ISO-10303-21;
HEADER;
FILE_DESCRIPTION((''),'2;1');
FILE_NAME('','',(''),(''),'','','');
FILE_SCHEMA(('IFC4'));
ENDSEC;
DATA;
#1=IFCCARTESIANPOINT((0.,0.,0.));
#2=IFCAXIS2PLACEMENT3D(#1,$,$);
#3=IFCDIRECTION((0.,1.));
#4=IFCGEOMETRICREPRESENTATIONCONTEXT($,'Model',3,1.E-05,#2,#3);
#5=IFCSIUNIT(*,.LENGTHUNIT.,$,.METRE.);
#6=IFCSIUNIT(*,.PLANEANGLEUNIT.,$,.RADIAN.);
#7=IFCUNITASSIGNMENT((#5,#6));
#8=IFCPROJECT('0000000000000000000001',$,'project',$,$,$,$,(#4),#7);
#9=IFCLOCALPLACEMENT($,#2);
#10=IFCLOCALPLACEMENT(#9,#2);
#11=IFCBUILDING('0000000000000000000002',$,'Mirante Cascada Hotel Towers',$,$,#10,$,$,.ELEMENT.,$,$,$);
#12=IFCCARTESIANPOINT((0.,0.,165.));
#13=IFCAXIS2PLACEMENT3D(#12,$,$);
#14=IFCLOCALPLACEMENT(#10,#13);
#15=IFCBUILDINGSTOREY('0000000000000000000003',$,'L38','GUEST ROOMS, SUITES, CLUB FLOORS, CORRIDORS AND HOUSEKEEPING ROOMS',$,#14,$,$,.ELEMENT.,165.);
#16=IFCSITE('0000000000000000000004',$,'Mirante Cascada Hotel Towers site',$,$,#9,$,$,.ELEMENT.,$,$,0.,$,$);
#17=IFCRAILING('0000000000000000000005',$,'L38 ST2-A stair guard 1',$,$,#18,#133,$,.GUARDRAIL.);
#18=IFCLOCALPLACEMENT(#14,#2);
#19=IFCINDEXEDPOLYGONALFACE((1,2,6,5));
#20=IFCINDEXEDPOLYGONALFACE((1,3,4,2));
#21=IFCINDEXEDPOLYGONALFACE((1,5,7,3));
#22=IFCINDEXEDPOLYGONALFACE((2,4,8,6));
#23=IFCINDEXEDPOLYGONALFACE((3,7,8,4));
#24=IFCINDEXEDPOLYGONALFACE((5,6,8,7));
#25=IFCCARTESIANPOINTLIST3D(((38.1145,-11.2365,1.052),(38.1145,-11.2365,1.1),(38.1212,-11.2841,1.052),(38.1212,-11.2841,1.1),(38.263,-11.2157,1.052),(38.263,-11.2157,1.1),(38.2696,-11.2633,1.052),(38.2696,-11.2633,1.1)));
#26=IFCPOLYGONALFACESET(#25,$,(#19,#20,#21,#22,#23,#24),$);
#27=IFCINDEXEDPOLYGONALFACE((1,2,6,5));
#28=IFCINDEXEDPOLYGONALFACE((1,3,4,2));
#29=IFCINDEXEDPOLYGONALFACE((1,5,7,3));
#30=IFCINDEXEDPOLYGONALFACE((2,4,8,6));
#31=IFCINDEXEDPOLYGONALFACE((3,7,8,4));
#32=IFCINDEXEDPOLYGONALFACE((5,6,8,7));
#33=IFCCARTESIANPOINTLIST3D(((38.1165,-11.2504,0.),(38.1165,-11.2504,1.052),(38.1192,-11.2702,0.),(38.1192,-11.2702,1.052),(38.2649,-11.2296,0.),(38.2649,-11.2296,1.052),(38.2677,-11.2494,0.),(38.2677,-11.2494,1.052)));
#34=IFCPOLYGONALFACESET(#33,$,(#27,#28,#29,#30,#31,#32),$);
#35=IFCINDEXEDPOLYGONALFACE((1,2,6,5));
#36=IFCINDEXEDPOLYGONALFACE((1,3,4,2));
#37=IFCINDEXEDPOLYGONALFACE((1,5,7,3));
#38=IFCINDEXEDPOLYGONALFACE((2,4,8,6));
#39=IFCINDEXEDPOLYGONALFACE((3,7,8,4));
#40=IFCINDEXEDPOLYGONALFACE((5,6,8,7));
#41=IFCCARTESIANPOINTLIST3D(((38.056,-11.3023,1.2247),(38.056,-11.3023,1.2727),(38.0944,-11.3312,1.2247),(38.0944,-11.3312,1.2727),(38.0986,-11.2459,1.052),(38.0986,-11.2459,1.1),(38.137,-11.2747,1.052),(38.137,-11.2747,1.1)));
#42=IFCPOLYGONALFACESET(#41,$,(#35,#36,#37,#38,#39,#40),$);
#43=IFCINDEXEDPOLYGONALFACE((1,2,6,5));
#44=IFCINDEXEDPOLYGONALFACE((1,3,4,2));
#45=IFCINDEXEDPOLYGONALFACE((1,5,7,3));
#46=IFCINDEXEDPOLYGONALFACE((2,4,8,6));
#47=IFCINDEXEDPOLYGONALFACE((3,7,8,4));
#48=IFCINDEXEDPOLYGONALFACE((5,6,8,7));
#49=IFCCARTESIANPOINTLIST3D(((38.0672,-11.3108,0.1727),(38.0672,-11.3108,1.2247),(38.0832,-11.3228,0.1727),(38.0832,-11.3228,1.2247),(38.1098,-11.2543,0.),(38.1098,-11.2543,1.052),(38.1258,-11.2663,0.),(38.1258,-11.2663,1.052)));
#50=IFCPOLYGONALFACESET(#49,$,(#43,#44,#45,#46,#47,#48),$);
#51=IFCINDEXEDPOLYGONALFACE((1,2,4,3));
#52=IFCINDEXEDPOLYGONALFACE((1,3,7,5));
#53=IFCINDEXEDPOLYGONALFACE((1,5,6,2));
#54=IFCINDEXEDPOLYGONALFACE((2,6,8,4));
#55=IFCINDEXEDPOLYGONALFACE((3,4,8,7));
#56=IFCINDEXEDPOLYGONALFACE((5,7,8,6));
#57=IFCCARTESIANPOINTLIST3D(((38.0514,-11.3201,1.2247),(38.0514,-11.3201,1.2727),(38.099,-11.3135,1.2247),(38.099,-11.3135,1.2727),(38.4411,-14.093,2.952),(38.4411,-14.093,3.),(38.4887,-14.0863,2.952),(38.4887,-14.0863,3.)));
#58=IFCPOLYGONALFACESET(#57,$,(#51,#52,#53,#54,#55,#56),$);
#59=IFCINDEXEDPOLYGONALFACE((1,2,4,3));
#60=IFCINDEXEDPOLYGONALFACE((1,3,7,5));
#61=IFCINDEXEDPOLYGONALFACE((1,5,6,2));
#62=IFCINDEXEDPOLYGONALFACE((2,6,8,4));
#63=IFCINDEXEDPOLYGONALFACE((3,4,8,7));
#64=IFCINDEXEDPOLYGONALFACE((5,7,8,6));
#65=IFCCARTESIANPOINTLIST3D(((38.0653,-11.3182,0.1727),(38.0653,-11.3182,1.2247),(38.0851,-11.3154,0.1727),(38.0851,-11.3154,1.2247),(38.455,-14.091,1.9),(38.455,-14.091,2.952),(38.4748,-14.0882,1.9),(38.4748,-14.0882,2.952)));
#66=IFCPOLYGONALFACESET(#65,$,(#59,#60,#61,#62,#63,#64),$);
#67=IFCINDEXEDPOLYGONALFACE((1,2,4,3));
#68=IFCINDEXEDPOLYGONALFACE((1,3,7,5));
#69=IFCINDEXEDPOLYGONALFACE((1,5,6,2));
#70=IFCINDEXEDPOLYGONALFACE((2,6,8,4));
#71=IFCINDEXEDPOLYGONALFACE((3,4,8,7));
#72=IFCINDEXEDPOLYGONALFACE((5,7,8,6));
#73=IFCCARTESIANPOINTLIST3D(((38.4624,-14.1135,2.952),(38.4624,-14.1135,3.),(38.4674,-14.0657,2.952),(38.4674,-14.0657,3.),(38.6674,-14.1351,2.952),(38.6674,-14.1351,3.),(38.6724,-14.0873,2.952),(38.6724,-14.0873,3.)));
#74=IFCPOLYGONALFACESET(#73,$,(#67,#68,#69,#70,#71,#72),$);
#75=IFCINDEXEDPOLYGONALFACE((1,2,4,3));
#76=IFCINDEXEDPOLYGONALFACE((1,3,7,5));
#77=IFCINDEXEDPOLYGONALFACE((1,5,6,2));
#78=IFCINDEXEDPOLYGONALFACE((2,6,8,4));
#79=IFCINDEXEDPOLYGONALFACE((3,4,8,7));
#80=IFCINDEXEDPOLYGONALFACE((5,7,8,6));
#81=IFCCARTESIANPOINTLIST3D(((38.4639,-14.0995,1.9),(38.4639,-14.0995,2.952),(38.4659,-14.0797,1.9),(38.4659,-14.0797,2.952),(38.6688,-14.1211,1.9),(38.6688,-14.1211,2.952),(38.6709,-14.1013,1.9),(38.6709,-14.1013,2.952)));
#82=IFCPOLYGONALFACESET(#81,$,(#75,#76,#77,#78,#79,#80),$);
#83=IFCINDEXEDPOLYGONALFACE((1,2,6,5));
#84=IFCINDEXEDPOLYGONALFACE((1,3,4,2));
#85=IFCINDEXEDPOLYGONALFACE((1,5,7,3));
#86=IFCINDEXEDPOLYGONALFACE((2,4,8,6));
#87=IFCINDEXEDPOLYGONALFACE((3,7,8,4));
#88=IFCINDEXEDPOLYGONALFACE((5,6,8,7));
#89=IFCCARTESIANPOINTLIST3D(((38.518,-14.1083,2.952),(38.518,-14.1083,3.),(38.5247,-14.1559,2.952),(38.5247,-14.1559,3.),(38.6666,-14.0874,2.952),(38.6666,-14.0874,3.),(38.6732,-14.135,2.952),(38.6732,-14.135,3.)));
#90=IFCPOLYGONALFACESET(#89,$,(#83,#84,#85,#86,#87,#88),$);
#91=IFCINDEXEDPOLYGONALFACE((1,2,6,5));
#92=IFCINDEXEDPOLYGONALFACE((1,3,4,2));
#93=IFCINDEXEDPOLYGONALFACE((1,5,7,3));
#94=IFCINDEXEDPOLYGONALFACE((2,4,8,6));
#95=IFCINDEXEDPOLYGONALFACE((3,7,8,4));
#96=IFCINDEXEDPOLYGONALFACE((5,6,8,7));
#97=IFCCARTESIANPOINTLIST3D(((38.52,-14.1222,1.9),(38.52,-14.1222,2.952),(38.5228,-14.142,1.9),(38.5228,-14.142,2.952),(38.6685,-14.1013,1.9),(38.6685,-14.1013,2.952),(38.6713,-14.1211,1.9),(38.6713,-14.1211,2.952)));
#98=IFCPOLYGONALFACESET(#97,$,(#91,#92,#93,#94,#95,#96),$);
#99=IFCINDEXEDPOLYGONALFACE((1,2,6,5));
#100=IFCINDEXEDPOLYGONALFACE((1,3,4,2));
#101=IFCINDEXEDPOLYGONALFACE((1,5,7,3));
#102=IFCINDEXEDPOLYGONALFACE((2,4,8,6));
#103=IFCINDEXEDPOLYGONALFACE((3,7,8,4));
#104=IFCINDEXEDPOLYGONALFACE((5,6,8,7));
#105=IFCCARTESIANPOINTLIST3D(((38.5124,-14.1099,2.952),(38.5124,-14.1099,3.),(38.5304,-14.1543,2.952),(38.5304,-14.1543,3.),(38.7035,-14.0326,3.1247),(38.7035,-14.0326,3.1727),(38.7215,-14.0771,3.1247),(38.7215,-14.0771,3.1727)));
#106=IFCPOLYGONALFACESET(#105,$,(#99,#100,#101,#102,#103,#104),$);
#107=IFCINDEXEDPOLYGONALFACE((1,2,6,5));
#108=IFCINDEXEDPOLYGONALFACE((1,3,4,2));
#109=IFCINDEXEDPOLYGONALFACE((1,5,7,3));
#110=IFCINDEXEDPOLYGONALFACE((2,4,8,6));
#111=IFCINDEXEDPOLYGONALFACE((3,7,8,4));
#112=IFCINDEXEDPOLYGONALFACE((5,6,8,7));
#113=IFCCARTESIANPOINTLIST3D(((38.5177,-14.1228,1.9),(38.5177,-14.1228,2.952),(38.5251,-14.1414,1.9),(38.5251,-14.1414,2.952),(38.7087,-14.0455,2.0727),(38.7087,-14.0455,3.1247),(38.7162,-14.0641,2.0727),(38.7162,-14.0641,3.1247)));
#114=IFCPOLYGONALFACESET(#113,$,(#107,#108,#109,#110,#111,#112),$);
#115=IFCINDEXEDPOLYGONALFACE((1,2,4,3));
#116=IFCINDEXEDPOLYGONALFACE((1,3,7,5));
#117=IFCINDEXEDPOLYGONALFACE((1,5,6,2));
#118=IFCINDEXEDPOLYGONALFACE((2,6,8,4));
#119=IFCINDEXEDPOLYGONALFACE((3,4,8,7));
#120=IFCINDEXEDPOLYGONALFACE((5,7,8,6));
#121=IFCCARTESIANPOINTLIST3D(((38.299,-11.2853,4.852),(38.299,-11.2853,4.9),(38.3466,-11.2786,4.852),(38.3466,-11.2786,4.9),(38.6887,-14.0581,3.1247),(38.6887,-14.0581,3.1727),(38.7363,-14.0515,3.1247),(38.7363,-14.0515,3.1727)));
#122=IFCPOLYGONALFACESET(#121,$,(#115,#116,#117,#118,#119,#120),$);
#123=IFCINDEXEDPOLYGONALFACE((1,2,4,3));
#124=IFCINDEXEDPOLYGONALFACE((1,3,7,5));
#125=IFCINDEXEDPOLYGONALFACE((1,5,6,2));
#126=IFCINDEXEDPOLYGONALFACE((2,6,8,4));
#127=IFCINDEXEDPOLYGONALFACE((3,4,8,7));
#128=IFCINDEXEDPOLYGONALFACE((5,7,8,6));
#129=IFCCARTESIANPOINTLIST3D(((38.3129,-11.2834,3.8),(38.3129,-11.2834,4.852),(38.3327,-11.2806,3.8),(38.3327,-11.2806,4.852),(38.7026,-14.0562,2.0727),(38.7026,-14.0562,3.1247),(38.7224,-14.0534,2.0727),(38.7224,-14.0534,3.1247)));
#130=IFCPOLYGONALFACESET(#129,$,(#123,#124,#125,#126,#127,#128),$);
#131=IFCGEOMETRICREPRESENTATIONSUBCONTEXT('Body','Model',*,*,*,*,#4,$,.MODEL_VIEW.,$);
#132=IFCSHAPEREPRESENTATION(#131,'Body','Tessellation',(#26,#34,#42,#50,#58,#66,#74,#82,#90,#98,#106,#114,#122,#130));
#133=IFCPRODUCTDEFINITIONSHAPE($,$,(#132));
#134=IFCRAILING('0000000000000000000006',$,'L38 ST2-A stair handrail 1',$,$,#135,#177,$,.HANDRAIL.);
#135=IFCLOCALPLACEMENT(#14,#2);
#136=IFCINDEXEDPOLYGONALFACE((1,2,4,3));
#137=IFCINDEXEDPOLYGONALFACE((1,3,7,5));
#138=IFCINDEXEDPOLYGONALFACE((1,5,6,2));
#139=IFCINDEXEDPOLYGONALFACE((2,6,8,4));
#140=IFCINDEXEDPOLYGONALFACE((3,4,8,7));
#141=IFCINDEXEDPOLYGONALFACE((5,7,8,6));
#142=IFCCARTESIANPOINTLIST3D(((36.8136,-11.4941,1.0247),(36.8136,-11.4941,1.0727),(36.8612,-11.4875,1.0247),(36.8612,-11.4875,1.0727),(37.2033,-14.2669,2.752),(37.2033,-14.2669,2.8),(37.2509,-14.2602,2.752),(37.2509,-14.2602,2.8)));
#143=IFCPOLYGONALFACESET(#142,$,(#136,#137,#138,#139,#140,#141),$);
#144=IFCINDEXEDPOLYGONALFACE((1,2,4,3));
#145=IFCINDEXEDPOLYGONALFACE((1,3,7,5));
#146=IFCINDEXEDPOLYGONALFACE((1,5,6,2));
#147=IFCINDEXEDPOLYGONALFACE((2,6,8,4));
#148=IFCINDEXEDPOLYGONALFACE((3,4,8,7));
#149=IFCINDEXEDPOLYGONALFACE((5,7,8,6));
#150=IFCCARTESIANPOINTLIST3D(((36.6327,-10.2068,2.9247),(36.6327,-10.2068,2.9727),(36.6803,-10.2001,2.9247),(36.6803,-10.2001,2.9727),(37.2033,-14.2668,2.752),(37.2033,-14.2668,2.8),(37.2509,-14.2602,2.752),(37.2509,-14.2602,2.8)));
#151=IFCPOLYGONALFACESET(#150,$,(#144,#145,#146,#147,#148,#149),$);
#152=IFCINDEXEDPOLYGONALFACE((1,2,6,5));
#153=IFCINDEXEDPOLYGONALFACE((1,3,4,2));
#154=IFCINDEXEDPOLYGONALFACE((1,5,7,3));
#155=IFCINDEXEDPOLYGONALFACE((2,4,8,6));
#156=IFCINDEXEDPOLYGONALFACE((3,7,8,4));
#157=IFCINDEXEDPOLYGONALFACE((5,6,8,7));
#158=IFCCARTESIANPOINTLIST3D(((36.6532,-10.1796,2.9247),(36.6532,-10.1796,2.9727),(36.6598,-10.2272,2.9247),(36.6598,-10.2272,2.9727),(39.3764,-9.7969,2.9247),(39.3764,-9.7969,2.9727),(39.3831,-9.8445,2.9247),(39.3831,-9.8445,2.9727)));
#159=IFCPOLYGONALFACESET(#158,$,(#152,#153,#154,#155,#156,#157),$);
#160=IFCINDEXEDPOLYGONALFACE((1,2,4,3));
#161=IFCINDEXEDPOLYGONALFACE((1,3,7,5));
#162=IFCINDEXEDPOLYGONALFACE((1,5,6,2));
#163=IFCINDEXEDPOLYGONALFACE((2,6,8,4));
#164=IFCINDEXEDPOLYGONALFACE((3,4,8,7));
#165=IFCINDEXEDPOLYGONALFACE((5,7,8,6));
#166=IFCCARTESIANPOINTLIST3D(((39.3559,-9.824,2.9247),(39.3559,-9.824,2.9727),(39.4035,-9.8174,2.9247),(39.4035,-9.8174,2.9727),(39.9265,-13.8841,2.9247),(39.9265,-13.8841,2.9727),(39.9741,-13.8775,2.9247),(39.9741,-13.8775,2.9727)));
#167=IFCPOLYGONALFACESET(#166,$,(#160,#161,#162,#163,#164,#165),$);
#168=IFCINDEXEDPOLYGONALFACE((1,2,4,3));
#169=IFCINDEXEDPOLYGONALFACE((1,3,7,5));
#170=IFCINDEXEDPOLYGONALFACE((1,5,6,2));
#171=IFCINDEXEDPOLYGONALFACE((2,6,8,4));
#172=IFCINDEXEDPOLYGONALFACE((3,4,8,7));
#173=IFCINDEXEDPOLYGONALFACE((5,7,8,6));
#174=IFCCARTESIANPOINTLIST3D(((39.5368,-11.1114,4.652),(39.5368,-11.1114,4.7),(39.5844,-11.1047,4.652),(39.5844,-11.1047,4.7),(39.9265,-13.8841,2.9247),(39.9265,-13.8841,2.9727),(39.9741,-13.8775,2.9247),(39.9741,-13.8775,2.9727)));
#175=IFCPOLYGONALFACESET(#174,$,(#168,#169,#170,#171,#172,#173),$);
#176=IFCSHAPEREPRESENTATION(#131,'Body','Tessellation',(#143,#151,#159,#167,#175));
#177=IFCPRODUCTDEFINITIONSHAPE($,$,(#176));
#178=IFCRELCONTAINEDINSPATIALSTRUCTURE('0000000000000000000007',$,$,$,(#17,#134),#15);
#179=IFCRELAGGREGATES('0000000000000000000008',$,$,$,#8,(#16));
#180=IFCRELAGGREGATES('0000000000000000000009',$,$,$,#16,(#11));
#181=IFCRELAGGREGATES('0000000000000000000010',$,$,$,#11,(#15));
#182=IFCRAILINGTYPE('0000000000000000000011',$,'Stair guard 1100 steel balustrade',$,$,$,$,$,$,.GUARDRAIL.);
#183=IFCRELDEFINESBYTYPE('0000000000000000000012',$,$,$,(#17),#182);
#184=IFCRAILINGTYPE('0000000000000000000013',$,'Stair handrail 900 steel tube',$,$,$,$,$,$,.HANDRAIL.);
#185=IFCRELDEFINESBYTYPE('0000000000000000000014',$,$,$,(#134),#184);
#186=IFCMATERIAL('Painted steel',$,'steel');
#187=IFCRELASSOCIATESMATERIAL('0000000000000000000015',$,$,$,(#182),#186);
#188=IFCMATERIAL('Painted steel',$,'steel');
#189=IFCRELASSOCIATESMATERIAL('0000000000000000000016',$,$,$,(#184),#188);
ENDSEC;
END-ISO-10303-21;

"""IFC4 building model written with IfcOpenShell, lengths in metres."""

from ifc_helpers import new_model, si_unit, direction, frame, origin, origin_2d, place, context, subcontext, project, spatial, rectangle, extrude, material, type_object, element, save


model = new_model("IFC4")

# Units and contexts
model_context = context("Model", 3, precision=1e-05, world=origin(), true_north=direction((0.0, 1.0)))
body_context = subcontext(model_context, "Body", "Model", "MODEL_VIEW")
ifc_project = project(units=[si_unit("LENGTHUNIT", "METRE"), si_unit("PLANEANGLEUNIT", "RADIAN")], contexts=[model_context])

# Site, building, storey
site_placement = place(None, origin())
site = spatial("IfcSite", under=ifc_project, at=site_placement, Name="Mirante Cascada Hotel Towers site", CompositionType="ELEMENT", RefElevation=0.0)
building_placement = place(site_placement, origin())
building = spatial("IfcBuilding", under=site, at=building_placement, Name="Mirante Cascada Hotel Towers", CompositionType="ELEMENT")
storey_placement = place(building_placement, frame((0.0, 0.0, 165.0)))
storey = spatial("IfcBuildingStorey", under=building, at=storey_placement, Name="L38", Description="GUEST ROOMS, SUITES, CLUB FLOORS, CORRIDORS AND HOUSEKEEPING ROOMS", CompositionType="ELEMENT", Elevation=165.0)

# Railings
ifc_material_1 = material(Name="Painted steel", Category="steel")
railing_type_1 = type_object("IfcRailingType", Name="Stair guard 1100 steel balustrade", PredefinedType="GUARDRAIL", material=ifc_material_1)
railing_1_placement = place(storey_placement, frame((38.2663, -11.2395, 0.0)))
element("IfcRailing", 1, at=railing_1_placement, inside=storey, type_object=railing_type_1, Name="L38 ST2-A stair guard 1", PredefinedType="GUARDRAIL", context=body_context, shape_type="SweptSolid", body=[
    extrude(rectangle(XDim=0.048, YDim=0.048, at=origin_2d()), frame((0.0, 0.0, 1.076), z_axis=(-0.990333, -0.138713, 0.0), x_axis=(0.138713, -0.990333, 0.0)), (0.0, 0.0, 1.0), 0.1499),
    extrude(rectangle(XDim=0.02, YDim=1.052, at=origin_2d()), frame((0.0, 0.0, 0.526), z_axis=(-0.990333, -0.138713, 0.0), x_axis=(0.138713, -0.990333, 0.0)), (0.0, 0.0, 1.0), 0.1499),
    extrude(rectangle(XDim=0.048, YDim=0.048, at=origin_2d()), frame((-0.1485, -0.0208, 1.076), z_axis=(-0.602033, -0.798471, 0.0), x_axis=(0.798471, -0.602033, 0.0)), (0.0, 0.92534, 0.379139), 0.1866),
    extrude(rectangle(XDim=0.02, YDim=1.052, at=origin_2d()), frame((-0.1485, -0.0208, 0.526), z_axis=(-0.602033, -0.798471, 0.0), x_axis=(0.798471, -0.602033, 0.0)), (0.0, 0.92534, 0.379139), 0.1866),
    extrude(rectangle(XDim=0.048, YDim=0.048, at=origin_2d()), frame((-0.1911, -0.0773, 1.2487), z_axis=(0.139176, -0.990268, 0.0), x_axis=(0.990268, 0.139176, 0.0)), (0.0, 0.525021, 0.851089), 3.29),
    extrude(rectangle(XDim=0.02, YDim=1.052, at=origin_2d()), frame((-0.1911, -0.0773, 0.6987), z_axis=(0.139176, -0.990268, 0.0), x_axis=(0.990268, 0.139176, 0.0)), (0.0, 0.525021, 0.851089), 3.29),
    extrude(rectangle(XDim=0.048, YDim=0.048, at=origin_2d()), frame((0.1986, -2.8501, 2.976), z_axis=(0.994495, -0.104786, 0.0), x_axis=(0.104786, 0.994495, 0.0)), (0.0, 0.0, 1.0), 0.2061),
    extrude(rectangle(XDim=0.02, YDim=1.052, at=origin_2d()), frame((0.1986, -2.8501, 2.426), z_axis=(0.994495, -0.104786, 0.0), x_axis=(0.104786, 0.994495, 0.0)), (0.0, 0.0, 1.0), 0.2061),
    extrude(rectangle(XDim=0.048, YDim=0.048, at=origin_2d()), frame((0.4036, -2.8717, 2.976), z_axis=(-0.990241, -0.139367, 0.0), x_axis=(0.139367, -0.990241, 0.0)), (0.0, 0.0, 1.0), 0.15),
    extrude(rectangle(XDim=0.02, YDim=1.052, at=origin_2d()), frame((0.4036, -2.8717, 2.426), z_axis=(-0.990241, -0.139367, 0.0), x_axis=(0.139367, -0.990241, 0.0)), (0.0, 0.0, 1.0), 0.15),
    extrude(rectangle(XDim=0.048, YDim=0.048, at=origin_2d()), frame((0.2551, -2.8926, 2.976), z_axis=(0.927031, 0.374984, 0.0), x_axis=(-0.374984, 0.927031, 0.0)), (0.0, 0.64219, 0.766545), 0.2689),
    extrude(rectangle(XDim=0.02, YDim=1.052, at=origin_2d()), frame((0.2551, -2.8926, 2.426), z_axis=(0.927031, 0.374984, 0.0), x_axis=(-0.374984, 0.927031, 0.0)), (0.0, 0.64219, 0.766545), 0.2689),
    extrude(rectangle(XDim=0.048, YDim=0.048, at=origin_2d()), frame((0.4462, -2.8153, 3.1487), z_axis=(-0.139176, 0.990268, 0.0), x_axis=(-0.990268, -0.139176, 0.0)), (0.0, 0.525021, 0.851089), 3.29),
    extrude(rectangle(XDim=0.02, YDim=1.052, at=origin_2d()), frame((0.4462, -2.8153, 2.5987), z_axis=(-0.139176, 0.990268, 0.0), x_axis=(-0.990268, -0.139176, 0.0)), (0.0, 0.525021, 0.851089), 3.29),
])
ifc_material_2 = material(Name="Painted steel", Category="steel")
railing_type_2 = type_object("IfcRailingType", Name="Stair handrail 900 steel tube", PredefinedType="HANDRAIL", material=ifc_material_2)
railing_2_placement = place(storey_placement, frame((36.8374, -11.4908, 0.1727)))
element("IfcRailing", 2, at=railing_2_placement, inside=storey, type_object=railing_type_2, Name="L38 ST2-A stair handrail 1", PredefinedType="HANDRAIL", context=body_context, shape_type="SweptSolid", body=[
    extrude(rectangle(XDim=0.048, YDim=0.048, at=origin_2d()), frame((0.0, 0.0, 0.876), z_axis=(0.139181, -0.990267, 0.0), x_axis=(0.990267, 0.139181, 0.0)), (0.0, 0.525035, 0.851081), 3.2899),
    extrude(rectangle(XDim=0.048, YDim=0.048, at=origin_2d()), frame((0.3897, -2.7727, 2.6033), z_axis=(-0.139171, 0.990268, 0.0), x_axis=(-0.990268, -0.139171, 0.0)), (0.0, 0.042085, 0.999114), 4.1036),
    extrude(rectangle(XDim=0.048, YDim=0.048, at=origin_2d()), frame((-0.1809, 1.2874, 2.776), z_axis=(0.990269, 0.139166, 0.0), x_axis=(-0.139166, 0.990269, 0.0)), (0.0, 0.0, 1.0), 2.75),
    extrude(rectangle(XDim=0.048, YDim=0.048, at=origin_2d()), frame((2.5423, 1.6701, 2.776), z_axis=(0.139171, -0.990268, 0.0), x_axis=(0.990268, 0.139171, 0.0)), (0.0, 0.0, 1.0), 4.1),
    extrude(rectangle(XDim=0.048, YDim=0.048, at=origin_2d()), frame((3.1129, -2.39, 2.776), z_axis=(-0.139181, 0.990267, 0.0), x_axis=(-0.990267, -0.139181, 0.0)), (0.0, 0.525035, 0.851081), 3.2899),
])

save(model, "model.ifc")
